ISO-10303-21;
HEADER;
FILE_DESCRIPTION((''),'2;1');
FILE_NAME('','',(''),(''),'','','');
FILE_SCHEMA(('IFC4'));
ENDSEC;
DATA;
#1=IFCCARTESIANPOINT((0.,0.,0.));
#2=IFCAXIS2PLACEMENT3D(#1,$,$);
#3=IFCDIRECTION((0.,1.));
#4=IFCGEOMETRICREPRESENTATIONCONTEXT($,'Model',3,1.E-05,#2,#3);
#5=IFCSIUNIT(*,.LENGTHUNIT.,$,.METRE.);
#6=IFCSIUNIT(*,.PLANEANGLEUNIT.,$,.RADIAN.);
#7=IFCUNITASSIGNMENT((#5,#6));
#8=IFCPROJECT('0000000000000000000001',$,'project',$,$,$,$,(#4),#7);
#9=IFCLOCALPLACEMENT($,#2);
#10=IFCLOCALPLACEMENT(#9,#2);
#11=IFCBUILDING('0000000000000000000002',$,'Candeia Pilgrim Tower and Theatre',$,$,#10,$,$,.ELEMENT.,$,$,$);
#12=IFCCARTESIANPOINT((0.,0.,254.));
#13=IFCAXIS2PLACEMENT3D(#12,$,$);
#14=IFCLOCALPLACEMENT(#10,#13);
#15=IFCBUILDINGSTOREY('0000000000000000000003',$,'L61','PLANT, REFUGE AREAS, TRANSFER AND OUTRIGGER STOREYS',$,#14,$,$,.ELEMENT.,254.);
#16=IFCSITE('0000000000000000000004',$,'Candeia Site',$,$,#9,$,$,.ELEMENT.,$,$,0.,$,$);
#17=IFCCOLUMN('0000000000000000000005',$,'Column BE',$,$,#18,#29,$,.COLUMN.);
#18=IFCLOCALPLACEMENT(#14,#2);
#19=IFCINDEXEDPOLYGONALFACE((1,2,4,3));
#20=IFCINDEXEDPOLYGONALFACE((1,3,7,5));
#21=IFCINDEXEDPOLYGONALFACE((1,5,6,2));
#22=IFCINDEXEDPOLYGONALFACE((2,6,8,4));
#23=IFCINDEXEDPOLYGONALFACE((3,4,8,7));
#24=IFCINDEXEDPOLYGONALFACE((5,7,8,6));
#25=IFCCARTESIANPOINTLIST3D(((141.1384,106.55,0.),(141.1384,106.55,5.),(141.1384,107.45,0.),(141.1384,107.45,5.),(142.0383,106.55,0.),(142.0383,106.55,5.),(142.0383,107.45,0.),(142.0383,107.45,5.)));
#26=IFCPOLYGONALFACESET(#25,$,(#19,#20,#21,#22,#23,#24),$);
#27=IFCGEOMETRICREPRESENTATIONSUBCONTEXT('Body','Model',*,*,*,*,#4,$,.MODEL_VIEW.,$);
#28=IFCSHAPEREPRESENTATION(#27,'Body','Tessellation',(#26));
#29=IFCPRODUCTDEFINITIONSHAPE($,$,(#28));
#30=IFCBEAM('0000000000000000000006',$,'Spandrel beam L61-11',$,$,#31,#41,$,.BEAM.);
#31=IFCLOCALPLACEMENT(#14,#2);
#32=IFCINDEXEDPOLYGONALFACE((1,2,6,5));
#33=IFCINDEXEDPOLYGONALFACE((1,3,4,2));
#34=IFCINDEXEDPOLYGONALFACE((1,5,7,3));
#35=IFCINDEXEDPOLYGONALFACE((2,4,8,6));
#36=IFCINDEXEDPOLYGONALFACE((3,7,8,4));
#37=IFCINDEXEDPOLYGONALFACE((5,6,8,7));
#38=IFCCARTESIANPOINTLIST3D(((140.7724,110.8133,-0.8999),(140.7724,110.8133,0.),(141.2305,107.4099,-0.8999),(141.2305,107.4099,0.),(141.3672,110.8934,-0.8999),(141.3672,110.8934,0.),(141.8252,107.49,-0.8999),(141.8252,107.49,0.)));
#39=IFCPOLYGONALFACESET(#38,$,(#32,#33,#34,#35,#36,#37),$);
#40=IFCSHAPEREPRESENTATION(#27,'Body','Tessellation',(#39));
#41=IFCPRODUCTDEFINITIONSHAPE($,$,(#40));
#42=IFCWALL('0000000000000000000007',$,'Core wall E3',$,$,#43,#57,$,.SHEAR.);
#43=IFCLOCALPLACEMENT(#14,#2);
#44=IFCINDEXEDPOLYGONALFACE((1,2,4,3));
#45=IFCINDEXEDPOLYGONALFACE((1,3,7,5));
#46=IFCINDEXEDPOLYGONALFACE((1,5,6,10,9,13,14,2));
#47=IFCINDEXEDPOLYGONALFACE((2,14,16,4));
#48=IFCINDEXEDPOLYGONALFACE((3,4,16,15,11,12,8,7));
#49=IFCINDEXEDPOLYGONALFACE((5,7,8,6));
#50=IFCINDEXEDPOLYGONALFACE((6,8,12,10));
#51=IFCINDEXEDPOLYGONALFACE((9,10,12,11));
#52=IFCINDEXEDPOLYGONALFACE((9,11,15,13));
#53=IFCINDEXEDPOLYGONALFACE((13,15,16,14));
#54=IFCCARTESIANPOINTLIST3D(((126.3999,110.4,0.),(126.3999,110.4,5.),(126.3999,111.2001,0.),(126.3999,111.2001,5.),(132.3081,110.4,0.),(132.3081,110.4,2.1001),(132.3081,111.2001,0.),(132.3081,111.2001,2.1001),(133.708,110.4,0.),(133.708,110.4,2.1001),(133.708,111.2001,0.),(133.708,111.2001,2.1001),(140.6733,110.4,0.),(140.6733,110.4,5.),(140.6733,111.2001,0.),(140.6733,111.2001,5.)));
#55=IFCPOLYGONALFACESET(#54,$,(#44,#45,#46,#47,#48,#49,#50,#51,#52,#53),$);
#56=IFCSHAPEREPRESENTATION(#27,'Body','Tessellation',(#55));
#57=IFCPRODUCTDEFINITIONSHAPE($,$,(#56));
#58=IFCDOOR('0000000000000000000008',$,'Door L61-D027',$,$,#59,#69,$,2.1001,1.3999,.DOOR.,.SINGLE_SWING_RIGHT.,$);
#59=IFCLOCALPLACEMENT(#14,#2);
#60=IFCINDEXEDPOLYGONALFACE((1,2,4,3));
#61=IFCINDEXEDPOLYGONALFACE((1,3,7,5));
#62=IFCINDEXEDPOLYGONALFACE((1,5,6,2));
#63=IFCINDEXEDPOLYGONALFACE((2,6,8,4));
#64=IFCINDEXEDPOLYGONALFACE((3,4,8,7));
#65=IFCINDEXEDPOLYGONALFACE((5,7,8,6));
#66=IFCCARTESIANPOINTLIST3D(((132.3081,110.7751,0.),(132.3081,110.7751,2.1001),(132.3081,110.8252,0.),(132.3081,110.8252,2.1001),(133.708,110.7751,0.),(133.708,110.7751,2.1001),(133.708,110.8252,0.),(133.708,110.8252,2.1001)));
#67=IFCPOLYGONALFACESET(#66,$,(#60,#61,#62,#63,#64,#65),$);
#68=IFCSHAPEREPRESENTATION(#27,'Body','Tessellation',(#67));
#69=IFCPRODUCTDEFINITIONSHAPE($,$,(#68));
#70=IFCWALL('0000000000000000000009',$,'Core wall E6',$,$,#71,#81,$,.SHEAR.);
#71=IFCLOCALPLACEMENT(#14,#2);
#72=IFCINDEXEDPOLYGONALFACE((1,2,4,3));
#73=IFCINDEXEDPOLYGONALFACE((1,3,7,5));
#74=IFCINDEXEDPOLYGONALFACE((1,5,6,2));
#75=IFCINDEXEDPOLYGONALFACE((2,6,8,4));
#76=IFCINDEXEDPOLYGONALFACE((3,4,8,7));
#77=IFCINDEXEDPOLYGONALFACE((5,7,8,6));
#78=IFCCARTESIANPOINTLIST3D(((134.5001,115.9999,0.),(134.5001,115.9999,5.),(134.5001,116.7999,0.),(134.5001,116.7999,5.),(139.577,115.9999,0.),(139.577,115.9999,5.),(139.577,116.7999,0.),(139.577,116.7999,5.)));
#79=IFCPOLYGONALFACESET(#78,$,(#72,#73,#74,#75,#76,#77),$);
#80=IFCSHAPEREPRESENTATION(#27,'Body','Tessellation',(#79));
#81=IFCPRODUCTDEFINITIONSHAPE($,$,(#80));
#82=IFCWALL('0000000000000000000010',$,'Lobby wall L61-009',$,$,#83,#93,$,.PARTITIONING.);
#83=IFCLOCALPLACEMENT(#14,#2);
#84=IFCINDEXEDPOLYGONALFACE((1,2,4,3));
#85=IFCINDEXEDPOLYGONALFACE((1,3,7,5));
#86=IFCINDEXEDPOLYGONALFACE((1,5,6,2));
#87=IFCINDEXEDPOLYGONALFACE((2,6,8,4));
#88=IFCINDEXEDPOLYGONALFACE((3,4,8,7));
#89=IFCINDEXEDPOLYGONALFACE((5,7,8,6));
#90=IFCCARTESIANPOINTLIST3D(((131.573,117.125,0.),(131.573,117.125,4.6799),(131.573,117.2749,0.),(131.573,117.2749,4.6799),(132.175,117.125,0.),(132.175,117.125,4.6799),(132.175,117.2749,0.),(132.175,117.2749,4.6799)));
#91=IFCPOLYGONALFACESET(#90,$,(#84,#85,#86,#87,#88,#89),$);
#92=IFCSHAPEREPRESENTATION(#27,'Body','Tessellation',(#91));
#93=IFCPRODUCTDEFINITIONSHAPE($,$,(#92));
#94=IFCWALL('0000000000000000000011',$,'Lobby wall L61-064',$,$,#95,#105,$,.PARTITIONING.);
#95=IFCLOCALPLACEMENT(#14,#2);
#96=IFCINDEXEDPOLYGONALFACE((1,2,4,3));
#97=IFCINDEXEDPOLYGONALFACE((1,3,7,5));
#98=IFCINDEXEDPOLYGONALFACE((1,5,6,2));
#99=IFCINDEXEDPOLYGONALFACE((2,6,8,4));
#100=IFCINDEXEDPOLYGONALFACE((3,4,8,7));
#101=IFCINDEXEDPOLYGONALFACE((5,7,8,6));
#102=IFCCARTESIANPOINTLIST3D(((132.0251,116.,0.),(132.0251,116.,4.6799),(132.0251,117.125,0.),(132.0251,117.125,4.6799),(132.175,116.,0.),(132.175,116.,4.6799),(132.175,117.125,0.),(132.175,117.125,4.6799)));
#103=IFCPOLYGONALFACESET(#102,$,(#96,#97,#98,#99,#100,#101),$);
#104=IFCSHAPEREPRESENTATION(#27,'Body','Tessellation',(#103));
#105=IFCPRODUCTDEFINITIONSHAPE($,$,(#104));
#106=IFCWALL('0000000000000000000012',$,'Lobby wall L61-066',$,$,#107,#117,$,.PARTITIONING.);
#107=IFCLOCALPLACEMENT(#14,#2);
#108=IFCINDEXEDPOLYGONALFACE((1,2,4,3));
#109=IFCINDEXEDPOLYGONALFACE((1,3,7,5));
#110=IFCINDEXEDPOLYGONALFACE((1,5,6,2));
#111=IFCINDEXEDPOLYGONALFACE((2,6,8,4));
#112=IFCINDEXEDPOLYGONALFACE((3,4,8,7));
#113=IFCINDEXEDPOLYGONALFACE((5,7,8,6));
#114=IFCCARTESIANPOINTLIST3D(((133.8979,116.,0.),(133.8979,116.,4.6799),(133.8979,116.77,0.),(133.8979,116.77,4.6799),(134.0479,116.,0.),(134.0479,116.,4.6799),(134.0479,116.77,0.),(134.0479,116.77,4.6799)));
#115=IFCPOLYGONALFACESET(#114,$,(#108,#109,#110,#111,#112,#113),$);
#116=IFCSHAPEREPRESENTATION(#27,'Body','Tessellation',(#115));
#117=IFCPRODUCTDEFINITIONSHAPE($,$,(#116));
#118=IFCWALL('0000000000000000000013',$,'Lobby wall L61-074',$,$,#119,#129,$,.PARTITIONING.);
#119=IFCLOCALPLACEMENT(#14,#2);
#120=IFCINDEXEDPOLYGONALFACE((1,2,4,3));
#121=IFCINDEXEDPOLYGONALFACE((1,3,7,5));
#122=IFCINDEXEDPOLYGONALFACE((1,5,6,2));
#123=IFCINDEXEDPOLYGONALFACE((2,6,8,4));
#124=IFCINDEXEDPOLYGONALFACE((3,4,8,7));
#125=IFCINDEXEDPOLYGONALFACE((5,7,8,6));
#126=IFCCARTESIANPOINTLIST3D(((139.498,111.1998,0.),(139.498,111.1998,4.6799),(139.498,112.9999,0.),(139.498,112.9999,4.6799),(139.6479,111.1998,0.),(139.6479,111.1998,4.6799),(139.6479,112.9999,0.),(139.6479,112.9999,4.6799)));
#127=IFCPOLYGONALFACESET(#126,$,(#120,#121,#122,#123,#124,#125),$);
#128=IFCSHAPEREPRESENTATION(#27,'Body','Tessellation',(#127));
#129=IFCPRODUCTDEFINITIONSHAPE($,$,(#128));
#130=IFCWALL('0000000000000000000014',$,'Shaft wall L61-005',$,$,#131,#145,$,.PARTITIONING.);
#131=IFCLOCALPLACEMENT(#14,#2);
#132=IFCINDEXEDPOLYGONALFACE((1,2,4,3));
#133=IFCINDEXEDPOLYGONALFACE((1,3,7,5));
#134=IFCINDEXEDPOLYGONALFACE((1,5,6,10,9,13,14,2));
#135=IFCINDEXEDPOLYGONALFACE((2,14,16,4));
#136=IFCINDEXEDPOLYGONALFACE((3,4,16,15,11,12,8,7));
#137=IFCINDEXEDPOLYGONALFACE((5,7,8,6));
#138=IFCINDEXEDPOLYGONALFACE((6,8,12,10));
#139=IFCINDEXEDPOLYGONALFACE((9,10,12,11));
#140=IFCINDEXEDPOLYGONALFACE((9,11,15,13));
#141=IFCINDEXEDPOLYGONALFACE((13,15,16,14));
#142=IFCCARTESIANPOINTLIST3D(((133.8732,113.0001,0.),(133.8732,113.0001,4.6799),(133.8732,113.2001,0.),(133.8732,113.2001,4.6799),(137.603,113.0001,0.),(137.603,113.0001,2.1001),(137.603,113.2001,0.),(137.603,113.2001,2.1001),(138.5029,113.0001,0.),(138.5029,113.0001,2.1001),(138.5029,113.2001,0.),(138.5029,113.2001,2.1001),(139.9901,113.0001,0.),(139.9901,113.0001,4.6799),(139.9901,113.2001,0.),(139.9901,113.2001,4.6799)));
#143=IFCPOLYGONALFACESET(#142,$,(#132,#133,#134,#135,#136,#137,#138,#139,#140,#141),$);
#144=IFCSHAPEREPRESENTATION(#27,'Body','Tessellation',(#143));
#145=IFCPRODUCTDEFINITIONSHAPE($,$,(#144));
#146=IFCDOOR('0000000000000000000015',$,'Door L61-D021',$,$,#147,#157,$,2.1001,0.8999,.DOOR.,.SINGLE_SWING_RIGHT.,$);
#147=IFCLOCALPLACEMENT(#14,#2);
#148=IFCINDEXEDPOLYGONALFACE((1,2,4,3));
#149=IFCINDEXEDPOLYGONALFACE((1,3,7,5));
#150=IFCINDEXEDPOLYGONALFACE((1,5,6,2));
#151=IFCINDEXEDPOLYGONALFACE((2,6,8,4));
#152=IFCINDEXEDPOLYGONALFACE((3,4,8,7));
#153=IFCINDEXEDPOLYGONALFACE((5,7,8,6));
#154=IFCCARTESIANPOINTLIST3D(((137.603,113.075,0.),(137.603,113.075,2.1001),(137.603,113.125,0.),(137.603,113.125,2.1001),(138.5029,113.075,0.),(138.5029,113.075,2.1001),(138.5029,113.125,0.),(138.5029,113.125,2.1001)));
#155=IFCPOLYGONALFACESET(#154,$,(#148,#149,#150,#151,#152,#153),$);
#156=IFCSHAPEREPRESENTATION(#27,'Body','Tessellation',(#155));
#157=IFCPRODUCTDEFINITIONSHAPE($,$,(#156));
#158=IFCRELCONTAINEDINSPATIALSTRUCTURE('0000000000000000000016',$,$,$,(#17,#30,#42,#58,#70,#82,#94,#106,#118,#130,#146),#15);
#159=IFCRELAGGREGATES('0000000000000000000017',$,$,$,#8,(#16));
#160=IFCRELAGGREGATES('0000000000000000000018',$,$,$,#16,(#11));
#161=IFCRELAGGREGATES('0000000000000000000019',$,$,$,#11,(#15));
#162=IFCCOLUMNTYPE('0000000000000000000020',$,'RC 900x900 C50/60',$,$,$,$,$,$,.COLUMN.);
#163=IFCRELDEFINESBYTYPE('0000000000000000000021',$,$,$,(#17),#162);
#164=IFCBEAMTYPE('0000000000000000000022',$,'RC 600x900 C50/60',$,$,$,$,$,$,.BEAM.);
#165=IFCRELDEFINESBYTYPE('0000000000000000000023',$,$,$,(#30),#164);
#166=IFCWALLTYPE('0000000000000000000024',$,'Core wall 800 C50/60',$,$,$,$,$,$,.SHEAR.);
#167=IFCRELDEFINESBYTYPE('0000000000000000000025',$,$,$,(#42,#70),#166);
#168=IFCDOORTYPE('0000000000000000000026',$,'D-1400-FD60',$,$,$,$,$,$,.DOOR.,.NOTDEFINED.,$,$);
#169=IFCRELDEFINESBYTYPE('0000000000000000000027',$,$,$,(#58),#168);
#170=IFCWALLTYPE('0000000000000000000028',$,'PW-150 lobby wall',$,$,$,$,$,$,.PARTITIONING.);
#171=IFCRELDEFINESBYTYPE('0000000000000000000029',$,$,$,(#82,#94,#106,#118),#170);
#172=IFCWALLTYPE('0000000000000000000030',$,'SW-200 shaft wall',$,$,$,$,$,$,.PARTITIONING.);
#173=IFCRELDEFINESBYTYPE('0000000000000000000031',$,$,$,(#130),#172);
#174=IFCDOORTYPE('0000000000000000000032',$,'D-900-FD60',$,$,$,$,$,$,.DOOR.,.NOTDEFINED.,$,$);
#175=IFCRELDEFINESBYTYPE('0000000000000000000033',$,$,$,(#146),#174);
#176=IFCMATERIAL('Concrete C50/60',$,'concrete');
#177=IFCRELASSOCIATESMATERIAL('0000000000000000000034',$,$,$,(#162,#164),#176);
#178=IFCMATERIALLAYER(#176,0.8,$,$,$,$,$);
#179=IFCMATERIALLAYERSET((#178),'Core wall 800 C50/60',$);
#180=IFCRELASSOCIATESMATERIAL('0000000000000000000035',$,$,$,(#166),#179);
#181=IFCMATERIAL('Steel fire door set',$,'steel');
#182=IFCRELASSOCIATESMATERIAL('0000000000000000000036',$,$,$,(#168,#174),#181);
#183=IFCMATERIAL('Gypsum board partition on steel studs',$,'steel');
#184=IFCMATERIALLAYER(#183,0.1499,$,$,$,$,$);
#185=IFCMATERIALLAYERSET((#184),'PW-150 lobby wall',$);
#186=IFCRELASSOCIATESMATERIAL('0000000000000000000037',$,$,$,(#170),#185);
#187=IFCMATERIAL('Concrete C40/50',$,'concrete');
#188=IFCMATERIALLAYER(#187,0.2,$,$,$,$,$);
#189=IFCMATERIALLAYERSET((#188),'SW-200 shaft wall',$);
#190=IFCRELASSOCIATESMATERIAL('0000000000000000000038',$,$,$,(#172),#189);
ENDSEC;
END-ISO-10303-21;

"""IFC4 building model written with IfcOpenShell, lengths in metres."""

from ifc_helpers import new_model, si_unit, direction, frame, frame_2d, origin, origin_2d, place, context, subcontext, project, spatial, rectangle, extrude, material, layer, layer_set, material_profile, profile_set, type_object, element, fill, save


model = new_model("IFC4")

# Units and contexts
model_context = context("Model", 3, precision=1e-05, world=origin(), true_north=direction((0.0, 1.0)))
body_context = subcontext(model_context, "Body", "Model", "MODEL_VIEW")
ifc_project = project(units=[si_unit("LENGTHUNIT", "METRE"), si_unit("PLANEANGLEUNIT", "RADIAN")], contexts=[model_context])

# Site, building, storey
site_placement = place(None, origin())
site = spatial("IfcSite", under=ifc_project, at=site_placement, Name="Candeia Site", CompositionType="ELEMENT", RefElevation=0.0)
building_placement = place(site_placement, origin())
building = spatial("IfcBuilding", under=site, at=building_placement, Name="Candeia Pilgrim Tower and Theatre", CompositionType="ELEMENT")
storey_placement = place(building_placement, frame((0.0, 0.0, 254.0)))
storey = spatial("IfcBuildingStorey", under=building, at=storey_placement, Name="L61", Description="PLANT, REFUGE AREAS, TRANSFER AND OUTRIGGER STOREYS", CompositionType="ELEMENT", Elevation=254.0)

# Column
ifc_material_1 = material(Name="Concrete C50/60", Category="concrete")
ifc_material_profile_1 = material_profile(ifc_material_1, rectangle(XDim=0.8999, YDim=0.8999, at=origin_2d()))
ifc_profile_set_1 = profile_set([ifc_material_profile_1], Name="Concrete C50/60")
column_type = type_object("IfcColumnType", Name="RC 900x900 C50/60", PredefinedType="COLUMN", material=ifc_profile_set_1)
column_placement = place(storey_placement, frame((141.5884, 107.0, 0.0), z_axis=(0.0, 0.0, 1.0), x_axis=(1.0, 0.0, 0.0)))
element("IfcColumn", 1, at=column_placement, inside=storey, type_object=column_type, Name="Column BE", PredefinedType="COLUMN", context=body_context, shape_type="SweptSolid", body=[
    extrude(rectangle(XDim=0.8999, YDim=0.8999, at=origin_2d()), origin(), (0.0, 0.0, 1.0), 5.0),
])

# Beam
ifc_material_profile_2 = material_profile(ifc_material_1, rectangle(XDim=0.6001, YDim=0.8999, at=origin_2d()))
ifc_profile_set_2 = profile_set([ifc_material_profile_2], Name="Concrete C50/60")
beam_type = type_object("IfcBeamType", Name="RC 600x900 C50/60", PredefinedType="BEAM", material=ifc_profile_set_2)
beam_placement = place(storey_placement, frame((141.5278, 107.45, -0.45), z_axis=(-0.133374, 0.991066, 0.0), x_axis=(-0.991066, -0.133374, 0.0)))
element("IfcBeam", 2, at=beam_placement, inside=storey, type_object=beam_type, Name="Spandrel beam L61-11", PredefinedType="BEAM", context=body_context, shape_type="SweptSolid", body=[
    extrude(rectangle(XDim=0.6001, YDim=0.8999, at=origin_2d()), origin(), (0.0, 0.0, 1.0), 3.4341),
])

# Wall, opening, door
ifc_layer_1 = layer(ifc_material_1, 0.8)
ifc_layer_set_1 = layer_set([ifc_layer_1], Name="Core wall 800 C50/60")
wall_type_1 = type_object("IfcWallType", Name="Core wall 800 C50/60", PredefinedType="SHEAR", material=ifc_layer_set_1)
wall_1_placement = place(storey_placement, frame((140.6733, 110.8, 0.0), z_axis=(0.0, 0.0, 1.0), x_axis=(-1.0, 0.0, 0.0)))
wall_1 = element("IfcWall", 3, at=wall_1_placement, inside=storey, type_object=wall_type_1, Name="Core wall E3", PredefinedType="SHEAR", context=body_context, shape_type="SweptSolid", body=[
    extrude(rectangle(XDim=14.2734, YDim=0.8, at=frame_2d((7.1367, 0.0))), origin(), (0.0, 0.0, 1.0), 5.0),
])
opening_1_placement = place(wall_1_placement, frame((6.9653, 0.0, 0.0)))
opening_1 = element("IfcOpeningElement", 4, at=opening_1_placement, cuts=wall_1, PredefinedType="OPENING", context=body_context, shape_type="SweptSolid", body=[
    extrude(rectangle(XDim=1.3999, YDim=2.1001, at=frame_2d((0.7, 1.05))), frame((0.0, 0.4102, 0.0), z_axis=(0.0, -1.0, 0.0), x_axis=(1.0, 0.0, 0.0)), (0.0, 0.0, 1.0), 0.8201),
])
ifc_material_2 = material(Name="Steel fire door set", Category="steel")
door_type_1 = type_object("IfcDoorType", Name="D-1400-FD60", OperationType="NOTDEFINED", PredefinedType="DOOR", material=ifc_material_2)
door_1_placement = place(opening_1_placement, origin())
door_1 = element("IfcDoor", 5, at=door_1_placement, inside=storey, type_object=door_type_1, Name="Door L61-D027", OperationType="SINGLE_SWING_RIGHT", OverallHeight=2.1001, OverallWidth=1.3999, PredefinedType="DOOR", context=body_context, shape_type="SweptSolid", body=[
    extrude(rectangle(XDim=1.3999, YDim=2.1001, at=frame_2d((0.7, 1.05))), frame((0.0, 0.0249, 0.0), z_axis=(0.0, -1.0, 0.0), x_axis=(1.0, 0.0, 0.0)), (0.0, 0.0, 1.0), 0.05),
])
fill(opening_1, door_1)

# Walls
wall_2_placement = place(storey_placement, frame((134.5, 116.3999, 0.0), z_axis=(0.0, 0.0, 1.0), x_axis=(1.0, 0.0, 0.0)))
element("IfcWall", 6, at=wall_2_placement, inside=storey, type_object=wall_type_1, Name="Core wall E6", PredefinedType="SHEAR", context=body_context, shape_type="SweptSolid", body=[
    extrude(rectangle(XDim=5.0769, YDim=0.8, at=frame_2d((2.5386, 0.0))), origin(), (0.0, 0.0, 1.0), 5.0),
])
ifc_material_3 = material(Name="Gypsum board partition on steel studs", Category="steel")
ifc_layer_2 = layer(ifc_material_3, 0.1499)
ifc_layer_set_2 = layer_set([ifc_layer_2], Name="PW-150 lobby wall")
wall_type_2 = type_object("IfcWallType", Name="PW-150 lobby wall", PredefinedType="PARTITIONING", material=ifc_layer_set_2)
wall_3_placement = place(storey_placement, frame((131.573, 117.2, 0.0), z_axis=(0.0, 0.0, 1.0), x_axis=(1.0, 0.0, 0.0)))
element("IfcWall", 7, at=wall_3_placement, inside=storey, type_object=wall_type_2, Name="Lobby wall L61-009", PredefinedType="PARTITIONING", context=body_context, shape_type="SweptSolid", body=[
    extrude(rectangle(XDim=0.6021, YDim=0.1499, at=frame_2d((0.301, 0.0))), origin(), (0.0, 0.0, 1.0), 4.6799),
])
wall_4_placement = place(storey_placement, frame((132.1001, 116.0, 0.0), z_axis=(0.0, 0.0, 1.0), x_axis=(0.0, 1.0, 0.0)))
element("IfcWall", 8, at=wall_4_placement, inside=storey, type_object=wall_type_2, Name="Lobby wall L61-064", PredefinedType="PARTITIONING", context=body_context, shape_type="SweptSolid", body=[
    extrude(rectangle(XDim=1.125, YDim=0.1499, at=frame_2d((0.5625, 0.0))), origin(), (0.0, 0.0, 1.0), 4.6799),
])
wall_5_placement = place(storey_placement, frame((133.9729, 116.0, 0.0), z_axis=(0.0, 0.0, 1.0), x_axis=(0.0, 1.0, 0.0)))
element("IfcWall", 9, at=wall_5_placement, inside=storey, type_object=wall_type_2, Name="Lobby wall L61-066", PredefinedType="PARTITIONING", context=body_context, shape_type="SweptSolid", body=[
    extrude(rectangle(XDim=0.77, YDim=0.1499, at=frame_2d((0.385, 0.0))), origin(), (0.0, 0.0, 1.0), 4.6799),
])
wall_6_placement = place(storey_placement, frame((139.573, 111.2, 0.0), z_axis=(0.0, 0.0, 1.0), x_axis=(0.0, 1.0, 0.0)))
element("IfcWall", 10, at=wall_6_placement, inside=storey, type_object=wall_type_2, Name="Lobby wall L61-074", PredefinedType="PARTITIONING", context=body_context, shape_type="SweptSolid", body=[
    extrude(rectangle(XDim=1.8, YDim=0.1499, at=frame_2d((0.8999, 0.0))), origin(), (0.0, 0.0, 1.0), 4.6799),
])

# Wall, opening, door
ifc_material_4 = material(Name="Concrete C40/50", Category="concrete")
ifc_layer_3 = layer(ifc_material_4, 0.2)
ifc_layer_set_3 = layer_set([ifc_layer_3], Name="SW-200 shaft wall")
wall_type_3 = type_object("IfcWallType", Name="SW-200 shaft wall", PredefinedType="PARTITIONING", material=ifc_layer_set_3)
wall_7_placement = place(storey_placement, frame((133.873, 113.1001, 0.0), z_axis=(0.0, 0.0, 1.0), x_axis=(1.0, 0.0, 0.0)))
wall_7 = element("IfcWall", 11, at=wall_7_placement, inside=storey, type_object=wall_type_3, Name="Shaft wall L61-005", PredefinedType="PARTITIONING", context=body_context, shape_type="SweptSolid", body=[
    extrude(rectangle(XDim=6.1169, YDim=0.2, at=frame_2d((3.0586, 0.0))), origin(), (0.0, 0.0, 1.0), 4.6799),
])
opening_2_placement = place(wall_7_placement, frame((3.73, 0.0, 0.0)))
opening_2 = element("IfcOpeningElement", 12, at=opening_2_placement, cuts=wall_7, PredefinedType="OPENING", context=body_context, shape_type="SweptSolid", body=[
    extrude(rectangle(XDim=0.8999, YDim=2.1001, at=frame_2d((0.45, 1.05))), frame((0.0, 0.1099, 0.0), z_axis=(0.0, -1.0, 0.0), x_axis=(1.0, 0.0, 0.0)), (0.0, 0.0, 1.0), 0.22),
])
door_type_2 = type_object("IfcDoorType", Name="D-900-FD60", OperationType="NOTDEFINED", PredefinedType="DOOR", material=ifc_material_2)
door_2_placement = place(opening_2_placement, origin())
door_2 = element("IfcDoor", 13, at=door_2_placement, inside=storey, type_object=door_type_2, Name="Door L61-D021", OperationType="SINGLE_SWING_RIGHT", OverallHeight=2.1001, OverallWidth=0.8999, PredefinedType="DOOR", context=body_context, shape_type="SweptSolid", body=[
    extrude(rectangle(XDim=0.8999, YDim=2.1001, at=frame_2d((0.45, 1.05))), frame((0.0, 0.0249, 0.0), z_axis=(0.0, -1.0, 0.0), x_axis=(1.0, 0.0, 0.0)), (0.0, 0.0, 1.0), 0.05),
])
fill(opening_2, door_2)

save(model, "model.ifc")
